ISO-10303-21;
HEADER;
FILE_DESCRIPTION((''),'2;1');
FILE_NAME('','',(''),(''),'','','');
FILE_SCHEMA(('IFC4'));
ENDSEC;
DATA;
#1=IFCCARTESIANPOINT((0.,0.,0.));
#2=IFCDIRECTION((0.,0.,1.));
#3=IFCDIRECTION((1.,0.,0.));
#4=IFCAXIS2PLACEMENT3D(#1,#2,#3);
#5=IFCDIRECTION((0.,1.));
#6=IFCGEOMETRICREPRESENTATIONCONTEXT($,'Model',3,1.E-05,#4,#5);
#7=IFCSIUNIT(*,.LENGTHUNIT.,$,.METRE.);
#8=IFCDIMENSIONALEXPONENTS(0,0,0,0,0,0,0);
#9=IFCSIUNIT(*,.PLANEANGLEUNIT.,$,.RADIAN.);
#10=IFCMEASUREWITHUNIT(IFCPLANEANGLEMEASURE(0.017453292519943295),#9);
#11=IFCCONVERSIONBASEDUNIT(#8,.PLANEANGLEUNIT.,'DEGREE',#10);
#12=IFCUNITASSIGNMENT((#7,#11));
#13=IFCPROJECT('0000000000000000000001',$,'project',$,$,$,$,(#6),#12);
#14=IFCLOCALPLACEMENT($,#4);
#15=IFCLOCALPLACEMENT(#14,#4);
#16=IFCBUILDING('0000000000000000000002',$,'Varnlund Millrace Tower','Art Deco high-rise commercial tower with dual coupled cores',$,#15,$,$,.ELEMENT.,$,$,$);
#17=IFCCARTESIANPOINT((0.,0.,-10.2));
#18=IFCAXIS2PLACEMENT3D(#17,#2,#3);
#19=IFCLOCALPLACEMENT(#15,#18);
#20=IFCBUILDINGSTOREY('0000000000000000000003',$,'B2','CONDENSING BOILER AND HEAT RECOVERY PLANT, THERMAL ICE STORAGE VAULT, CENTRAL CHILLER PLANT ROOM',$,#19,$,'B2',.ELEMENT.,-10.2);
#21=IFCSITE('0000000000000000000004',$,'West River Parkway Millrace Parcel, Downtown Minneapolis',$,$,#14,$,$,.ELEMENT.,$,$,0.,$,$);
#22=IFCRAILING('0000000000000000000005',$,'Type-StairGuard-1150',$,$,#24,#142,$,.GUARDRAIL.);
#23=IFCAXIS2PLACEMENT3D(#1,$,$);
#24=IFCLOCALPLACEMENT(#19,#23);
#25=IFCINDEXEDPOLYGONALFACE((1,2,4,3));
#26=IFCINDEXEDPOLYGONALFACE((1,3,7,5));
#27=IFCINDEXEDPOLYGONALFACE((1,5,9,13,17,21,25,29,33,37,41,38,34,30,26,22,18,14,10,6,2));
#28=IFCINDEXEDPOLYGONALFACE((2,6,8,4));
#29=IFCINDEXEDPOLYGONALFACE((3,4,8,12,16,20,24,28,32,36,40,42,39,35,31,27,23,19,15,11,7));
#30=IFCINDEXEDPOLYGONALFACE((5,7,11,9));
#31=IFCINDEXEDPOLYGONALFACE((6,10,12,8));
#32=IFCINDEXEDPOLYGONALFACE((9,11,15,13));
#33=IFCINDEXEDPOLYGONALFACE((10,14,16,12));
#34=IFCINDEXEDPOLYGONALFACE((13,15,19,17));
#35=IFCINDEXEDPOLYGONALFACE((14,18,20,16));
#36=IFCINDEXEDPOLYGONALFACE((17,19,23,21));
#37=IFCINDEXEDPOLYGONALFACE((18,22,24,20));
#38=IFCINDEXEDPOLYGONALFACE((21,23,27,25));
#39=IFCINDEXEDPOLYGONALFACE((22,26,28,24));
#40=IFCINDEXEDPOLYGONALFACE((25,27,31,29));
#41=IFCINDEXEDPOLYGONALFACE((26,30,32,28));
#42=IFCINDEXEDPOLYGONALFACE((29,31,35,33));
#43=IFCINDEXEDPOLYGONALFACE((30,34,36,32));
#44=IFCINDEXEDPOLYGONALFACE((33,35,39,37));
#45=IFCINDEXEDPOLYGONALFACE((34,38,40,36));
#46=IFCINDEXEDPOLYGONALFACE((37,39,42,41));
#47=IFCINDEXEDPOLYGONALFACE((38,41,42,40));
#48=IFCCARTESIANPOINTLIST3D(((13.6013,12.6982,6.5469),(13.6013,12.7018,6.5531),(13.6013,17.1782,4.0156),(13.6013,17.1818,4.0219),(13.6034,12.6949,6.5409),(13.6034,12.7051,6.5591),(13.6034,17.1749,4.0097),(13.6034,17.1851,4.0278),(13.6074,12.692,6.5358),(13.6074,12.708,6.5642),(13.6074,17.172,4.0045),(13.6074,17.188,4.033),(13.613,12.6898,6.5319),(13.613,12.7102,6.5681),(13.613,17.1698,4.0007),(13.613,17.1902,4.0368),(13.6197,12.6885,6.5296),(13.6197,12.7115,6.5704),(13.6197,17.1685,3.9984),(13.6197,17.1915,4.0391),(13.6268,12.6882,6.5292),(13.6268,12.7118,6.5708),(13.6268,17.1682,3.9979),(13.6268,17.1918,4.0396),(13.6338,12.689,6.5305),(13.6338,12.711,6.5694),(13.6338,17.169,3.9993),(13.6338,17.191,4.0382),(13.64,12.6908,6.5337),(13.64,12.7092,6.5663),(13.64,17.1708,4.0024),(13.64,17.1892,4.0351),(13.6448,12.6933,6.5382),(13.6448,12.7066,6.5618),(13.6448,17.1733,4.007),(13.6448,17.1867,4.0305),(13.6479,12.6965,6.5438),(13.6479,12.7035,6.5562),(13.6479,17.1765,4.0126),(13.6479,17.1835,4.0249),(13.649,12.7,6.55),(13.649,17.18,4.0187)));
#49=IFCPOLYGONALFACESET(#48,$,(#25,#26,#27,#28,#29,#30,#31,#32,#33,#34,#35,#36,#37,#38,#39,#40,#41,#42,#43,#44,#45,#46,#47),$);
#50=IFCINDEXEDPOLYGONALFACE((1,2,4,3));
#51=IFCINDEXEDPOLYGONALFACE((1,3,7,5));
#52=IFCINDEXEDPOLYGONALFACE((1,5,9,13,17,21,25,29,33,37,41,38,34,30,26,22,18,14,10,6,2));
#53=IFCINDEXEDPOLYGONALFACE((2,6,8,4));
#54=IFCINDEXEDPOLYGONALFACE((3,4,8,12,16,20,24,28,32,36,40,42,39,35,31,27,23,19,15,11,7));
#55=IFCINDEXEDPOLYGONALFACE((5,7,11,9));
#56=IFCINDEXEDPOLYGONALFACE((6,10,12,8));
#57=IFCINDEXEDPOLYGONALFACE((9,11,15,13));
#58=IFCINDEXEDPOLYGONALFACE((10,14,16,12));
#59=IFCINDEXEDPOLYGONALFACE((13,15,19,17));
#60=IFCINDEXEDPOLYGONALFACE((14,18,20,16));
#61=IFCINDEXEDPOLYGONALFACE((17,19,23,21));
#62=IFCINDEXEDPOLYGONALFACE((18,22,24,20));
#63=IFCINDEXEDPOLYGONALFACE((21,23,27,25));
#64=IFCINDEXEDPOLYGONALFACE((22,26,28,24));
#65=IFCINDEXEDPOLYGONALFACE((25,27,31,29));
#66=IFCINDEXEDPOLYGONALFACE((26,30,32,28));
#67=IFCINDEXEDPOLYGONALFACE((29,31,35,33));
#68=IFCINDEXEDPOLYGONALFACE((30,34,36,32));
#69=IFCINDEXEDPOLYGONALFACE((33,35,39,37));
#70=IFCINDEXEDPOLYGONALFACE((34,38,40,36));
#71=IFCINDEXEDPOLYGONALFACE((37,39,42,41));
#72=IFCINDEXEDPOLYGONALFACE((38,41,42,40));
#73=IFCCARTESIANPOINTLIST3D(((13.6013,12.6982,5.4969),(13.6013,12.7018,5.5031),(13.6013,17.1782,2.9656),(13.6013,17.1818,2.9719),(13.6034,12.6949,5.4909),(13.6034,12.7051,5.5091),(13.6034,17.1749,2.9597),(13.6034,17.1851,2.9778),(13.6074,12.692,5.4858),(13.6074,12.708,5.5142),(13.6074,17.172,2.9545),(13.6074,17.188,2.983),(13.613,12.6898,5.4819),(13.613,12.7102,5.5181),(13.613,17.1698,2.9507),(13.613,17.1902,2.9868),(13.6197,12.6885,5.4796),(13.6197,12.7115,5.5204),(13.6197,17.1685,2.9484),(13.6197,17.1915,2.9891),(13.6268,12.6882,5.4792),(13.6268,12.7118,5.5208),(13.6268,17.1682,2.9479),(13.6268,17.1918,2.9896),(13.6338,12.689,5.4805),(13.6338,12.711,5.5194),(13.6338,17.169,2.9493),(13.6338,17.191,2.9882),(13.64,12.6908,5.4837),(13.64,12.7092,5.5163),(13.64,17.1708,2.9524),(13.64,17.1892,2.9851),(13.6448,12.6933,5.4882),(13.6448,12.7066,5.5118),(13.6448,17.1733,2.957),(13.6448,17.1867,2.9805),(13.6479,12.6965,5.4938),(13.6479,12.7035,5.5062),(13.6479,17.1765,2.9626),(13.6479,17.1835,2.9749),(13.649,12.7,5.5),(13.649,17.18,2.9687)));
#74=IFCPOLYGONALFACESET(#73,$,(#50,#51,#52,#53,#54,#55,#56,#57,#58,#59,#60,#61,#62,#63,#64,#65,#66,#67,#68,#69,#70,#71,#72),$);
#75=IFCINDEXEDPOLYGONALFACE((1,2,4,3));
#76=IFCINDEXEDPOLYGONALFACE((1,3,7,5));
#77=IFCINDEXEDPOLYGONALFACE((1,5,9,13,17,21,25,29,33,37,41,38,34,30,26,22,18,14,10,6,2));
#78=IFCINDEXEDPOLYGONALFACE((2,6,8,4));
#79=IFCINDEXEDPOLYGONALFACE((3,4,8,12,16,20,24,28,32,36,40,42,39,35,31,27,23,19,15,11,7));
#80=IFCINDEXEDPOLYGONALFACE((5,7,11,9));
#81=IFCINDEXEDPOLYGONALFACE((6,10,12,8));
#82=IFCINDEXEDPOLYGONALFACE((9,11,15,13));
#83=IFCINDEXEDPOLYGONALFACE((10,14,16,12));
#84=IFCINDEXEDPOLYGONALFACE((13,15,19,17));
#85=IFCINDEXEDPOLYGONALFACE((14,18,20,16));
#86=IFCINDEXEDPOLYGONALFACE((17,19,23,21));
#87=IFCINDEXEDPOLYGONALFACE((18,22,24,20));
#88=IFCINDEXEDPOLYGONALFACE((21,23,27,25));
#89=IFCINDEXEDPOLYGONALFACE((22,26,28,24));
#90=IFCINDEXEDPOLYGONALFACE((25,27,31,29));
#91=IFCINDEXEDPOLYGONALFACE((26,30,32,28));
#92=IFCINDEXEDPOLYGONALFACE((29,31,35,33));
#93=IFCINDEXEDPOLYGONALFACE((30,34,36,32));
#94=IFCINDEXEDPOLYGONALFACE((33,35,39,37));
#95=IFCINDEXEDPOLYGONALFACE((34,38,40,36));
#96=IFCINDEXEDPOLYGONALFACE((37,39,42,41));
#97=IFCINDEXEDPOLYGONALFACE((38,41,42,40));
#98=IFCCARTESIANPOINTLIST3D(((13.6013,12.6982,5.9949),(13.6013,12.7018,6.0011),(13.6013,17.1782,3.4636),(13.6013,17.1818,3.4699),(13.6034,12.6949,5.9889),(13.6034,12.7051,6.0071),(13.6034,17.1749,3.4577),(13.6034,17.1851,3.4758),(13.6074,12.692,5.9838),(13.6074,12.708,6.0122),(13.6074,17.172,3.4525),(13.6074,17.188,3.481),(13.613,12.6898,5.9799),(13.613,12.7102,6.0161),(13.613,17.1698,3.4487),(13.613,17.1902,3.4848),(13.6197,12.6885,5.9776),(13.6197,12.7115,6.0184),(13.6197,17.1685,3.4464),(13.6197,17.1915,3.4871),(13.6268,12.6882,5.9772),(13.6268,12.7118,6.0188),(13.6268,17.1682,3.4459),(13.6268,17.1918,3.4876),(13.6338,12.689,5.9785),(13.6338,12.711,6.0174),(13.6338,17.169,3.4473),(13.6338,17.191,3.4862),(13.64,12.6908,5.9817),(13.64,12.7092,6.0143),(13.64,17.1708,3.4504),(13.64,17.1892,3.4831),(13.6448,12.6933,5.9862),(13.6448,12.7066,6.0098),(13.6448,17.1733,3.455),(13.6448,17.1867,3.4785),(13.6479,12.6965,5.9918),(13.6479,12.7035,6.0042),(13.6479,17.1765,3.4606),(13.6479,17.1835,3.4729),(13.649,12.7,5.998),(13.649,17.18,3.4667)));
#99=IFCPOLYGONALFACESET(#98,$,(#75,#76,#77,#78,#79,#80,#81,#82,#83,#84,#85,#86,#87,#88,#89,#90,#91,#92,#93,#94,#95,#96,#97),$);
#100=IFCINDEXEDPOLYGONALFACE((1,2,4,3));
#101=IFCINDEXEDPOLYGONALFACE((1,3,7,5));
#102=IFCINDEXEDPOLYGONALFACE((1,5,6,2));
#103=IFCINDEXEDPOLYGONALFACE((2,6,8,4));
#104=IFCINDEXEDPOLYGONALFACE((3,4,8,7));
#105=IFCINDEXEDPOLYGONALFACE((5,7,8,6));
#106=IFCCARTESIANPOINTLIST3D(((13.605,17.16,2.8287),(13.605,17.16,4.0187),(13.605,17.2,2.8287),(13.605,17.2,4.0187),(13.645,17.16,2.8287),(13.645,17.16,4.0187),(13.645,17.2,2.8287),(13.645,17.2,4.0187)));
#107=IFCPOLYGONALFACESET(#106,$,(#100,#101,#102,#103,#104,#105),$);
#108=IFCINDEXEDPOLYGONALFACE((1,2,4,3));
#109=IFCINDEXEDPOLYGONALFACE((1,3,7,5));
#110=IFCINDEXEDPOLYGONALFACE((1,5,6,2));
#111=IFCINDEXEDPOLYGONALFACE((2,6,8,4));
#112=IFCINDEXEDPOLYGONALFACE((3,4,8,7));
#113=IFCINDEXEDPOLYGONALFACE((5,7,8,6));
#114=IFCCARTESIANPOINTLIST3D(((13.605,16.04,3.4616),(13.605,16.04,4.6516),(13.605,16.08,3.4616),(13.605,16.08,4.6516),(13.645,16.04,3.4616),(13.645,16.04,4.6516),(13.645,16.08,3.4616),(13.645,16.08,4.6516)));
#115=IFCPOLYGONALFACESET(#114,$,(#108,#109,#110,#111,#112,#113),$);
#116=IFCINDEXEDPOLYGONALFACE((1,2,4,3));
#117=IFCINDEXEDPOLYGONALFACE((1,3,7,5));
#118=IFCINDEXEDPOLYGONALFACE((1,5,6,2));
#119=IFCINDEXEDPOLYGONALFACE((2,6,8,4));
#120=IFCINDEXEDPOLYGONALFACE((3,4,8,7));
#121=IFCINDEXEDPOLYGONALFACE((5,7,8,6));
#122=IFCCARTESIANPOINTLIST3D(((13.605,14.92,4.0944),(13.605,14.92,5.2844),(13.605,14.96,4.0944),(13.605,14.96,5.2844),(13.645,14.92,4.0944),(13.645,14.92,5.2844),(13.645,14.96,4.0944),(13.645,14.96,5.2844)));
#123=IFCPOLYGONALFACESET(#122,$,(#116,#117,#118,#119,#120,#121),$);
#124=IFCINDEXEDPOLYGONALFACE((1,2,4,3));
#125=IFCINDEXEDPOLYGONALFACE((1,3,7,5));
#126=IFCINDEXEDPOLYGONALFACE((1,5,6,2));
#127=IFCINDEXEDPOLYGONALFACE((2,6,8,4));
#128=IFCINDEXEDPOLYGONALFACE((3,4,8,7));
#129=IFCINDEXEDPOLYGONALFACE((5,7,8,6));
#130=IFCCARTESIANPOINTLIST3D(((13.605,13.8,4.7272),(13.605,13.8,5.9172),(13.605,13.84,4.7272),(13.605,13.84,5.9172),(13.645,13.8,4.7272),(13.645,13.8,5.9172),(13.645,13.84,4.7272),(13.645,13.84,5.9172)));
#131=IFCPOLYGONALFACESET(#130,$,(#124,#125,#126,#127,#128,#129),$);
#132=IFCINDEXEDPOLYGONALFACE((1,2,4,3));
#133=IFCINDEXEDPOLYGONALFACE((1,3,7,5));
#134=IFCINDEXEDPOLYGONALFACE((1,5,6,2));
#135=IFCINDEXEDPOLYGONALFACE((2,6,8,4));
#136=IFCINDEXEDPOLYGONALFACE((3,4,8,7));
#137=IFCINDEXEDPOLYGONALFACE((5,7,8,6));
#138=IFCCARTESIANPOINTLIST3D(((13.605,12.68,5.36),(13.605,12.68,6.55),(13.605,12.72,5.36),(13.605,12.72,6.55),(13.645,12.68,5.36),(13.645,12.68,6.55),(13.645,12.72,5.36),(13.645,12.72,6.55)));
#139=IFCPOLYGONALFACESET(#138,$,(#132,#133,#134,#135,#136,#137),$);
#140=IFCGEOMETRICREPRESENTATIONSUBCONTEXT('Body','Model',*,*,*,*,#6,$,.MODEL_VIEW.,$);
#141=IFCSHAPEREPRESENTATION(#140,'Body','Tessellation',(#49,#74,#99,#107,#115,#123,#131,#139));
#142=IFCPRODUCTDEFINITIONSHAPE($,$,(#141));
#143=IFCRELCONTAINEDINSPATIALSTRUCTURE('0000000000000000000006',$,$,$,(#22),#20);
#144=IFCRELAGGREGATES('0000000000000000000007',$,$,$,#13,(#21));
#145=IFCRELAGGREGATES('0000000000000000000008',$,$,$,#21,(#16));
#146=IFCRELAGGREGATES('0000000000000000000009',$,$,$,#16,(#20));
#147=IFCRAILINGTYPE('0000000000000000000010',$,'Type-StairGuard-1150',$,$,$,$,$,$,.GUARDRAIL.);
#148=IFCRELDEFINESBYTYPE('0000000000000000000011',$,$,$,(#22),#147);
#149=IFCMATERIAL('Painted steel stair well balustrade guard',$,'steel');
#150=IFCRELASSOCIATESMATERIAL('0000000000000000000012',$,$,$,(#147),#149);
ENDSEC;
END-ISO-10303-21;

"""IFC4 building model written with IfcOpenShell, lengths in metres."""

from ifc_helpers import new_model, entity, si_unit, converted_unit, direction, frame, origin_with_axes, origin_2d_with_axis, place, context, subcontext, project, spatial, rectangle, circle, extrude, material, type_object, element, save


model = new_model("IFC4")

# Units and contexts
model_context = context("Model", 3, precision=1e-05, world=origin_with_axes(), true_north=direction((0.0, 1.0)))
body_context = subcontext(model_context, "Body", "Model", "MODEL_VIEW")
ifc_project = project(units=[si_unit("LENGTHUNIT", "METRE"), converted_unit("PLANEANGLEUNIT", "DEGREE", entity("IfcPlaneAngleMeasure", 0.017453292519943295), si_unit("PLANEANGLEUNIT", "RADIAN"), dimensions=[0, 0, 0, 0, 0, 0, 0])], contexts=[model_context])

# Site, building, storey
site_placement = place(None, origin_with_axes())
site = spatial("IfcSite", under=ifc_project, at=site_placement, Name="West River Parkway Millrace Parcel, Downtown Minneapolis", CompositionType="ELEMENT", RefElevation=0.0)
building_placement = place(site_placement, origin_with_axes())
building = spatial("IfcBuilding", under=site, at=building_placement, Name="Varnlund Millrace Tower", Description="Art Deco high-rise commercial tower with dual coupled cores", CompositionType="ELEMENT")
storey_placement = place(building_placement, frame((0.0, 0.0, -10.2), z_axis=(0.0, 0.0, 1.0), x_axis=(1.0, 0.0, 0.0)))
storey = spatial("IfcBuildingStorey", under=building, at=storey_placement, Name="B2", Description="CONDENSING BOILER AND HEAT RECOVERY PLANT, THERMAL ICE STORAGE VAULT, CENTRAL CHILLER PLANT ROOM", LongName="B2", CompositionType="ELEMENT", Elevation=-10.2)

# Railing
ifc_material_1 = material(Name="Painted steel stair well balustrade guard", Category="steel")
railing_type_1 = type_object("IfcRailingType", Name="Type-StairGuard-1150", PredefinedType="GUARDRAIL", material=ifc_material_1)
railing_1_placement = place(storey_placement, frame((0.0, 0.0, 10.2), z_axis=(0.0, 0.0, 1.0), x_axis=(1.0, 0.0, 0.0)))
element("IfcRailing", 1, at=railing_1_placement, inside=storey, type_object=railing_type_1, Name="Type-StairGuard-1150", PredefinedType="GUARDRAIL", context=body_context, shape_type="SweptSolid", body=[
    extrude(circle(Radius=0.024, at=origin_2d_with_axis()), frame((13.625, 17.18, -6.1813), z_axis=(0.0, -0.87064, 0.491921), x_axis=(1.0, 0.0, 0.0)), (0.0, 0.0, 1.0), 5.1456),
    extrude(circle(Radius=0.024, at=origin_2d_with_axis()), frame((13.625, 17.18, -7.2313), z_axis=(0.0, -0.87064, 0.491921), x_axis=(1.0, 0.0, 0.0)), (0.0, 0.0, 1.0), 5.1456),
    extrude(circle(Radius=0.024, at=origin_2d_with_axis()), frame((13.625, 17.18, -6.7332), z_axis=(0.0, -0.87064, 0.491921), x_axis=(1.0, 0.0, 0.0)), (0.0, 0.0, 1.0), 5.1456),
    extrude(rectangle(XDim=0.04, YDim=0.04, at=origin_2d_with_axis()), frame((13.625, 17.18, -7.3712), z_axis=(0.0, 0.0, 1.0), x_axis=(1.0, 0.0, 0.0)), (0.0, 0.0, 1.0), 1.19),
    extrude(rectangle(XDim=0.04, YDim=0.04, at=origin_2d_with_axis()), frame((13.625, 16.06, -6.7384), z_axis=(0.0, 0.0, 1.0), x_axis=(1.0, 0.0, 0.0)), (0.0, 0.0, 1.0), 1.19),
    extrude(rectangle(XDim=0.04, YDim=0.04, at=origin_2d_with_axis()), frame((13.625, 14.94, -6.1056), z_axis=(0.0, 0.0, 1.0), x_axis=(1.0, 0.0, 0.0)), (0.0, 0.0, 1.0), 1.19),
    extrude(rectangle(XDim=0.04, YDim=0.04, at=origin_2d_with_axis()), frame((13.625, 13.82, -5.4728), z_axis=(0.0, 0.0, 1.0), x_axis=(1.0, 0.0, 0.0)), (0.0, 0.0, 1.0), 1.19),
    extrude(rectangle(XDim=0.04, YDim=0.04, at=origin_2d_with_axis()), frame((13.625, 12.7, -4.84), z_axis=(0.0, 0.0, 1.0), x_axis=(1.0, 0.0, 0.0)), (0.0, 0.0, 1.0), 1.19),
])

save(model, "model.ifc")
